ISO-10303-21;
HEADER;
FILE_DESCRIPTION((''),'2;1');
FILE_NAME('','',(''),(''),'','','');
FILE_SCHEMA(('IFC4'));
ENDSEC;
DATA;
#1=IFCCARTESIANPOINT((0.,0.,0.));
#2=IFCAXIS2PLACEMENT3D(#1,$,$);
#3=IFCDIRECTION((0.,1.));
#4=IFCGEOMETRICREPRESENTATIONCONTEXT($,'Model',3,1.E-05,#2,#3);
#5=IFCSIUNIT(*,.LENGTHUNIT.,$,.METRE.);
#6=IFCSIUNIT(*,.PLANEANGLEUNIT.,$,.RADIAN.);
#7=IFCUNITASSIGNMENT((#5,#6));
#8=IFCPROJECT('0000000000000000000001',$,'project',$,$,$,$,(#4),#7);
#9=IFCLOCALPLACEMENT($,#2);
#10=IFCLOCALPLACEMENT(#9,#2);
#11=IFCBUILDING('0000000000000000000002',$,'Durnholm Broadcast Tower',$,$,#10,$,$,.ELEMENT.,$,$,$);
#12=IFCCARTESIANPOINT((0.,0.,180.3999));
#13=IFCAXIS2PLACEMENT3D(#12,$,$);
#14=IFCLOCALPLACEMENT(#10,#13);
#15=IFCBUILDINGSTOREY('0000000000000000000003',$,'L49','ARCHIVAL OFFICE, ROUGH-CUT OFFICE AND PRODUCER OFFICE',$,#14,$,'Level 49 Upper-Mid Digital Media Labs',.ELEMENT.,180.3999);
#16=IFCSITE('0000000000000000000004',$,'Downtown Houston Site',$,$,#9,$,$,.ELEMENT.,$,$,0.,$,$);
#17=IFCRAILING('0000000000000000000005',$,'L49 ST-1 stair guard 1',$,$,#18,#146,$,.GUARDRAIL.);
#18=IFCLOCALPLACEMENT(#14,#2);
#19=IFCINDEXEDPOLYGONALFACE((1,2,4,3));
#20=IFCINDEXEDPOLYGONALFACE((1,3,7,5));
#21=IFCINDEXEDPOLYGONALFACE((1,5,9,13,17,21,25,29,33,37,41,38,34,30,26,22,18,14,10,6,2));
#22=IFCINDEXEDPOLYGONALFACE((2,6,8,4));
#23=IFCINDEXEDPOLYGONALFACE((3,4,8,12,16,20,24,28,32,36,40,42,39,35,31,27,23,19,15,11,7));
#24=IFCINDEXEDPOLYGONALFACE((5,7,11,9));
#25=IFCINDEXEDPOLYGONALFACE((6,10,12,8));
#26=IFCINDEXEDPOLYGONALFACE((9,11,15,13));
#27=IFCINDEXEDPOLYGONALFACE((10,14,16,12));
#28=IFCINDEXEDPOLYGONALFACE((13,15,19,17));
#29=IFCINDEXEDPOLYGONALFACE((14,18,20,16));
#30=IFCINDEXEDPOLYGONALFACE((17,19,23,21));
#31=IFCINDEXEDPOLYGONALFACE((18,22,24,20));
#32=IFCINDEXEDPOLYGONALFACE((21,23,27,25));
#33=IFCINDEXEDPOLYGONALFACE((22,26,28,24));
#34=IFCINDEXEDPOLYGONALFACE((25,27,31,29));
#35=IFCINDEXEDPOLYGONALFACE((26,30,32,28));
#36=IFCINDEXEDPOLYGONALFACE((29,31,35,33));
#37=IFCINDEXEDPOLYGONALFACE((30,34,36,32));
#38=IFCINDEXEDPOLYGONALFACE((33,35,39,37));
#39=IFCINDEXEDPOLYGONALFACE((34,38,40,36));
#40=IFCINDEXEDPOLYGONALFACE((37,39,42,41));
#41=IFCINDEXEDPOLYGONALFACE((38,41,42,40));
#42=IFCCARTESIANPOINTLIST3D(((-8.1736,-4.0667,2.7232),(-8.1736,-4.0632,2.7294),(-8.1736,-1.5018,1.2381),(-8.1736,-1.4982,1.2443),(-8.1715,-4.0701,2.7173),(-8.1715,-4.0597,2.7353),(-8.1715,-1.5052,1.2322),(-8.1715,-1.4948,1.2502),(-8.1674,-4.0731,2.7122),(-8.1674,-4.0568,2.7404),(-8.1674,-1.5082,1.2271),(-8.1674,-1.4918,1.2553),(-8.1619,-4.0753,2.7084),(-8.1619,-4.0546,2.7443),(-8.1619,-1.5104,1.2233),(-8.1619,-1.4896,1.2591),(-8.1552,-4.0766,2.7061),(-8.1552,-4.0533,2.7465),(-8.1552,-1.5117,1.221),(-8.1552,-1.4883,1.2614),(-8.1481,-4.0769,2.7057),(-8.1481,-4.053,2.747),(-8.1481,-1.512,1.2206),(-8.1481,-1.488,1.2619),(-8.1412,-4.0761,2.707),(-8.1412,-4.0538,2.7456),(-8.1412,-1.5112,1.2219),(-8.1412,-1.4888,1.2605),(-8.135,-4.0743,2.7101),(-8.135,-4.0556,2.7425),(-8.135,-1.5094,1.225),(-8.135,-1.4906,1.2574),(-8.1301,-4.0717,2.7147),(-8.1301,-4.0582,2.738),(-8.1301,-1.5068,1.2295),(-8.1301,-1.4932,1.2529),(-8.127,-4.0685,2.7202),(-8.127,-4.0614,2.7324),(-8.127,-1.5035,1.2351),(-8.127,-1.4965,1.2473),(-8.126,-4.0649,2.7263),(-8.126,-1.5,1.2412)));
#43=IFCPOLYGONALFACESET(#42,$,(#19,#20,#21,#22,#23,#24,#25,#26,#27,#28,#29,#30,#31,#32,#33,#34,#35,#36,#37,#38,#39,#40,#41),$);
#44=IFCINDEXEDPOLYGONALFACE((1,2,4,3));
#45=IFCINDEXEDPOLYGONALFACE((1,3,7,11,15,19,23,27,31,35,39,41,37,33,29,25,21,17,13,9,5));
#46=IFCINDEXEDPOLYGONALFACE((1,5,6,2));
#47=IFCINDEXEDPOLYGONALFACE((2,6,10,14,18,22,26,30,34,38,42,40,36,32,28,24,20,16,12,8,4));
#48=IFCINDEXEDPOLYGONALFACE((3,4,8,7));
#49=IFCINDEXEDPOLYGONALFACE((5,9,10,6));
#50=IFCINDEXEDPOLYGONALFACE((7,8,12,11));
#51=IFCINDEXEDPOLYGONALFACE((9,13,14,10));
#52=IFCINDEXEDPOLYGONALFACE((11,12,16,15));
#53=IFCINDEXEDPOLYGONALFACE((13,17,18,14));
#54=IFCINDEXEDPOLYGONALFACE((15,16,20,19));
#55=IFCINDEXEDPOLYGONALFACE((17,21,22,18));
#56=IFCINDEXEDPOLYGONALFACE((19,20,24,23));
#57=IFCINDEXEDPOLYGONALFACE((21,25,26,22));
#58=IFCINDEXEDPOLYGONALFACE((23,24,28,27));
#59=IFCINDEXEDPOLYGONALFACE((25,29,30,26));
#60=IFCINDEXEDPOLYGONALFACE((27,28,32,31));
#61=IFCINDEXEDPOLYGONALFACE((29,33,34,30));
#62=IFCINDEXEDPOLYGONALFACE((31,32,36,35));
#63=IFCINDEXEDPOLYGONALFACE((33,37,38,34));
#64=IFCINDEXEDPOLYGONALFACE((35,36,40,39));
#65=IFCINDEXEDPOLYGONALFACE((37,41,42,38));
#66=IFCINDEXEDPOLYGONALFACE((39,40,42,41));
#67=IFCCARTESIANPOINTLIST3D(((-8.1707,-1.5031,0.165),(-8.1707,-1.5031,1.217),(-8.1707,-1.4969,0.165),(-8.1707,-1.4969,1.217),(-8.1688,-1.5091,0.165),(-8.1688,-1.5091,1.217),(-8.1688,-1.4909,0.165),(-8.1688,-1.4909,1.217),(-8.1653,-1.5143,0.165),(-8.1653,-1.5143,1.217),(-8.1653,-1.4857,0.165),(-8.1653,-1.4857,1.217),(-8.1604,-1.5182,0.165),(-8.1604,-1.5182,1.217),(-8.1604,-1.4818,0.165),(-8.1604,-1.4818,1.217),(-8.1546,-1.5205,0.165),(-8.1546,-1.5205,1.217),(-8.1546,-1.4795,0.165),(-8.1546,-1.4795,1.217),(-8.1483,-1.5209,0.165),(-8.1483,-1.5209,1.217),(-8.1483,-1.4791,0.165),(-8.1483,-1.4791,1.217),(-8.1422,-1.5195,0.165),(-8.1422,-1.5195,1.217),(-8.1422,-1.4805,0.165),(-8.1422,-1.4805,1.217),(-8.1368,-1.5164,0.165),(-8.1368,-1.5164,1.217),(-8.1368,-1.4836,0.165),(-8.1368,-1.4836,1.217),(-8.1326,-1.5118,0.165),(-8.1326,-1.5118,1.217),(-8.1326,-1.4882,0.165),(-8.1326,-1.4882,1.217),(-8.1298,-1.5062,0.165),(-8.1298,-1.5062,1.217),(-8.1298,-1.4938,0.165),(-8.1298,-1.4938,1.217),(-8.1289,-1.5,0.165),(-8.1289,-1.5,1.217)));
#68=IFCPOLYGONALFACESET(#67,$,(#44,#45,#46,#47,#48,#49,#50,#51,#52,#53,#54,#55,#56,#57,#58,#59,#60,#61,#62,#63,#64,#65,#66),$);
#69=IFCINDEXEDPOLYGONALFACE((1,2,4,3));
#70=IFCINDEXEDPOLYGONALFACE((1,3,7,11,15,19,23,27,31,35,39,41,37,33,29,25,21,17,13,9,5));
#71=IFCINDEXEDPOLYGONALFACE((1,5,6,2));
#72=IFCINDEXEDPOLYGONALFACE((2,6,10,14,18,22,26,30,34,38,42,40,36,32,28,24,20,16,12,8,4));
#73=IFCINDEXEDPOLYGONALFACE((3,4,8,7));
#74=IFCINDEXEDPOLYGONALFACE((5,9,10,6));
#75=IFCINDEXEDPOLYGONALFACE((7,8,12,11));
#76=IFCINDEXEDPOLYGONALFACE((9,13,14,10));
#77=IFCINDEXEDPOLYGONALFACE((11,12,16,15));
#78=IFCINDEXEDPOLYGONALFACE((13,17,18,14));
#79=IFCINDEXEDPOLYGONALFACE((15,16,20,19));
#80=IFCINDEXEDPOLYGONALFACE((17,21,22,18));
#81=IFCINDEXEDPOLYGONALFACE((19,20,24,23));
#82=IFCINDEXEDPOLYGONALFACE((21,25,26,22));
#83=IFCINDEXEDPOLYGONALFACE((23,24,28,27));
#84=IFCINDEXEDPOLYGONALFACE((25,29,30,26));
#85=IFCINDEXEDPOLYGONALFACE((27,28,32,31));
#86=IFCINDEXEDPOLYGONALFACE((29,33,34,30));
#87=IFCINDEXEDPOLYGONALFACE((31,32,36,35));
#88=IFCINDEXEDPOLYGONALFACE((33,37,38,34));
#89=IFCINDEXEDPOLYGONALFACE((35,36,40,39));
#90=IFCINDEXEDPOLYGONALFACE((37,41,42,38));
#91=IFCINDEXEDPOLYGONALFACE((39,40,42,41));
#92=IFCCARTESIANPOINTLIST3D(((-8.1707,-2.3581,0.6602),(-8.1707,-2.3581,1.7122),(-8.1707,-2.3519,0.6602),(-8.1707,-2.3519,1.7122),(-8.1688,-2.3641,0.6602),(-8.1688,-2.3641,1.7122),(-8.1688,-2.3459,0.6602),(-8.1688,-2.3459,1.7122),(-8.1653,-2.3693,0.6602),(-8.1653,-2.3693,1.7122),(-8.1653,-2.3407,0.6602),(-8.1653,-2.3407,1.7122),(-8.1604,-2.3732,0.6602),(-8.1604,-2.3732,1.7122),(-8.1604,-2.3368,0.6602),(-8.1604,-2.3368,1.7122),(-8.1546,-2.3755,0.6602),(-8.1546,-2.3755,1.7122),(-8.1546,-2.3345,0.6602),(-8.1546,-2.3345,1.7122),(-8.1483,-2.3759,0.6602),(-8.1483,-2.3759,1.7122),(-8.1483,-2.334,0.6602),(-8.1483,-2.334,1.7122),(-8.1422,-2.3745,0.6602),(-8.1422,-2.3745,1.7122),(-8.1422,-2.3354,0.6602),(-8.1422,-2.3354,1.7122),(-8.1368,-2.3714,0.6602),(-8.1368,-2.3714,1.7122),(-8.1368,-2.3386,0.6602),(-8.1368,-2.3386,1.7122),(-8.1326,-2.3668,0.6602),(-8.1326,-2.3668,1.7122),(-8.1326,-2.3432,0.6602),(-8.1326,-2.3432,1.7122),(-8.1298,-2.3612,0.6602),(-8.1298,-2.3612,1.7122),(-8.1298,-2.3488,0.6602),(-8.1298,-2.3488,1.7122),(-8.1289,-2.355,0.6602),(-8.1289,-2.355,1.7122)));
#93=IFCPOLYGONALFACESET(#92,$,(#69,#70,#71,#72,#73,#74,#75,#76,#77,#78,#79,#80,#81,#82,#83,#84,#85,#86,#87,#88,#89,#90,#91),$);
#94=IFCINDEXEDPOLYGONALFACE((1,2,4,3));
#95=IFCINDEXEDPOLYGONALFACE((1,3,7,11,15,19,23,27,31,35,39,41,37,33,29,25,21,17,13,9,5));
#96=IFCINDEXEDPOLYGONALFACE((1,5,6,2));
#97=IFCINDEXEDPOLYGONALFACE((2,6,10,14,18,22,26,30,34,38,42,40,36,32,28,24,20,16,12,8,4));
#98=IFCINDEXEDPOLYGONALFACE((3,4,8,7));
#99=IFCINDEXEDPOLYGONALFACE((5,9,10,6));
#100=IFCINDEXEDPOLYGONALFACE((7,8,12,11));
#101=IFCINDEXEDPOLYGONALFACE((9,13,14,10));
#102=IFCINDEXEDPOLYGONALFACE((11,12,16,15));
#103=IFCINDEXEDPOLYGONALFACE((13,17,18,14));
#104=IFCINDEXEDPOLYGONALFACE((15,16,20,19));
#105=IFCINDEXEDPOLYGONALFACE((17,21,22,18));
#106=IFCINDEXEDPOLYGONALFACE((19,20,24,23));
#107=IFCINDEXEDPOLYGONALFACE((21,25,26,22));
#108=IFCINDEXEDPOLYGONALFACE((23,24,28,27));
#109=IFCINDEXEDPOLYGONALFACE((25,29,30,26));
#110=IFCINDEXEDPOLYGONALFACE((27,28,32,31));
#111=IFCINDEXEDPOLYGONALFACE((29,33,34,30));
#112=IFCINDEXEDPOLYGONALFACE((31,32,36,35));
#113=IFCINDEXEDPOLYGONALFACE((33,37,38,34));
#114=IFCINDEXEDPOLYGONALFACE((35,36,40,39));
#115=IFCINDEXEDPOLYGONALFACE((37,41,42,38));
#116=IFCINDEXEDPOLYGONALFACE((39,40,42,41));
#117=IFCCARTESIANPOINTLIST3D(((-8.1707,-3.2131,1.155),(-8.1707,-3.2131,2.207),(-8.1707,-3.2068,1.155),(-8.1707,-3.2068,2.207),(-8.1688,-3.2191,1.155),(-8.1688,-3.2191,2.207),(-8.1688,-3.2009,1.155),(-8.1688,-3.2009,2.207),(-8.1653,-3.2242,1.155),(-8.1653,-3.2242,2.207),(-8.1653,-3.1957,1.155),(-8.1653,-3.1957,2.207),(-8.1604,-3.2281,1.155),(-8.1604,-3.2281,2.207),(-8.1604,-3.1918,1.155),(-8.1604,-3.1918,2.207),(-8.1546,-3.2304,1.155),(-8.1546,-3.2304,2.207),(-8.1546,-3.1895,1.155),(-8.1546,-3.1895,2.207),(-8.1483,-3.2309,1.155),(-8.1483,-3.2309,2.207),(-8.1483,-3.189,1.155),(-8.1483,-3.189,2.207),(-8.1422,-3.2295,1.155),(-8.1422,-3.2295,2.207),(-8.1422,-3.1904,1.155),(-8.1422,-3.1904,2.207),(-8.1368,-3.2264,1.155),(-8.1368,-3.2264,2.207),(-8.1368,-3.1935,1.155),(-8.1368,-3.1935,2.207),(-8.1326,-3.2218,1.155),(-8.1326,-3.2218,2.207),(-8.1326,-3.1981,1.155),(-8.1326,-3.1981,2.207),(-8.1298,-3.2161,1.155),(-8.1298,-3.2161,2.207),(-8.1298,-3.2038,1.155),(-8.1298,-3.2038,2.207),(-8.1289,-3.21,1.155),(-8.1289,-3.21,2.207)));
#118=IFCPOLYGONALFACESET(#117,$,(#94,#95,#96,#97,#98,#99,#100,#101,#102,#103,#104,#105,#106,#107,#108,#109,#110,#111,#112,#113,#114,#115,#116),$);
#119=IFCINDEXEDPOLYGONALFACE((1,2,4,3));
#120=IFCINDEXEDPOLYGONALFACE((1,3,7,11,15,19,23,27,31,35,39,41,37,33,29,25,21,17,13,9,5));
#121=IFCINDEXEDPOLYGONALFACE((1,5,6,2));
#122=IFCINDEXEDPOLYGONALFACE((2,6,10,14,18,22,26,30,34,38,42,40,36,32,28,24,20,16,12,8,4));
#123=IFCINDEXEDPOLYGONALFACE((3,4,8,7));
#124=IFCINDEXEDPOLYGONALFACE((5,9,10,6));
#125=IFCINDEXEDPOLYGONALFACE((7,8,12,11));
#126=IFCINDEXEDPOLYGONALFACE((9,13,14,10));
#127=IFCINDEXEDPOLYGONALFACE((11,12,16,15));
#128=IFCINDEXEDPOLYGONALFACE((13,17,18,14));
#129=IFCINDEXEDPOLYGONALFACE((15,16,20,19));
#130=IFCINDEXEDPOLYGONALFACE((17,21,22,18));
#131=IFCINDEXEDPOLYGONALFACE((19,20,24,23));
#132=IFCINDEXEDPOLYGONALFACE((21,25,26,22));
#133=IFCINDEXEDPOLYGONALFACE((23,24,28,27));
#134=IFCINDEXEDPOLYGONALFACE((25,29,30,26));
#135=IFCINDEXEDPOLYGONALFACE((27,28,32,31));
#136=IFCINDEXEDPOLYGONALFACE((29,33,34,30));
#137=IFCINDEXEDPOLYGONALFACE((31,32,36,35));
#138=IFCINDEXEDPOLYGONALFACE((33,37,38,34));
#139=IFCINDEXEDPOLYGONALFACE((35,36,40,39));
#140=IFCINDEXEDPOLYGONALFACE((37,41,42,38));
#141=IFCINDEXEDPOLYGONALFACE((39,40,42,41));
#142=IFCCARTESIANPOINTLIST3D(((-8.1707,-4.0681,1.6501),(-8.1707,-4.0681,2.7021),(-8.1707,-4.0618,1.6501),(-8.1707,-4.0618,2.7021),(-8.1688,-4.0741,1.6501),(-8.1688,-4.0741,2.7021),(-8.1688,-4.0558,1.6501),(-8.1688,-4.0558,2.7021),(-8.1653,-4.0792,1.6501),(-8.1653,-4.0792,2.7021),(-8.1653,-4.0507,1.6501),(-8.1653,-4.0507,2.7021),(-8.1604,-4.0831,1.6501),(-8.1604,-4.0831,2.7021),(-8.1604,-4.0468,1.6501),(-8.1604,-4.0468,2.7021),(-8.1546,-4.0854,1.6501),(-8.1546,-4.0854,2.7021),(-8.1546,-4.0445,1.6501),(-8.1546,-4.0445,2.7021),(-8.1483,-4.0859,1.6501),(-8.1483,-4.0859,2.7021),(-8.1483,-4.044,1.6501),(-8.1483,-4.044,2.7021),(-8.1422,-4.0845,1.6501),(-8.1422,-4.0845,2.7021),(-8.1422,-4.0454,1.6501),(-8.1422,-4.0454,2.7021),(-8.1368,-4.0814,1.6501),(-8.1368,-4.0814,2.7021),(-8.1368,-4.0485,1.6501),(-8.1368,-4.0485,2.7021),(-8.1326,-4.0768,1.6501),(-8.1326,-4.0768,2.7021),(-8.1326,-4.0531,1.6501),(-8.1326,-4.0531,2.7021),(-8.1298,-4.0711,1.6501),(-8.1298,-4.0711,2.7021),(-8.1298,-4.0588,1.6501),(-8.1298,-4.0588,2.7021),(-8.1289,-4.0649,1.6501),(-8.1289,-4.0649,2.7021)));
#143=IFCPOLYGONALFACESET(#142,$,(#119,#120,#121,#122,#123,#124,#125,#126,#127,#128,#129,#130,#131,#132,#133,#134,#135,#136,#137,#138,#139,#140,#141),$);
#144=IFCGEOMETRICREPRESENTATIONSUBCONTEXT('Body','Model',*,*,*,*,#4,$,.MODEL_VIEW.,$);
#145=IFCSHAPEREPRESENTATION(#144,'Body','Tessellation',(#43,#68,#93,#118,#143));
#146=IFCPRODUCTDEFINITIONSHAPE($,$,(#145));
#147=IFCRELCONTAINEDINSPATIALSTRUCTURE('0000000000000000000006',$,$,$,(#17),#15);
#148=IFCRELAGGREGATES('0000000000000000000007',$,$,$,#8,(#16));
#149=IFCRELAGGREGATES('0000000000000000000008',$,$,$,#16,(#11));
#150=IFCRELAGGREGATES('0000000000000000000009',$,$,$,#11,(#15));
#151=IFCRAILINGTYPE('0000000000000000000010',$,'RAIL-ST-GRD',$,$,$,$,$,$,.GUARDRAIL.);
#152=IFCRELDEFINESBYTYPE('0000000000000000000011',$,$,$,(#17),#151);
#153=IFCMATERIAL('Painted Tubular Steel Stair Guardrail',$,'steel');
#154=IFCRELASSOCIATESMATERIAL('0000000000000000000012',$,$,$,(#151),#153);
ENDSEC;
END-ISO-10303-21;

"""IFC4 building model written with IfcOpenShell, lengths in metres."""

from ifc_helpers import new_model, si_unit, direction, frame, origin, origin_2d, place, context, subcontext, project, spatial, circle, extrude, material, type_object, element, save


model = new_model("IFC4")

# Units and contexts
model_context = context("Model", 3, precision=1e-05, world=origin(), true_north=direction((0.0, 1.0)))
body_context = subcontext(model_context, "Body", "Model", "MODEL_VIEW")
ifc_project = project(units=[si_unit("LENGTHUNIT", "METRE"), si_unit("PLANEANGLEUNIT", "RADIAN")], contexts=[model_context])

# Site, building, storey
site_placement = place(None, origin())
site = spatial("IfcSite", under=ifc_project, at=site_placement, Name="Downtown Houston Site", CompositionType="ELEMENT", RefElevation=0.0)
building_placement = place(site_placement, origin())
building = spatial("IfcBuilding", under=site, at=building_placement, Name="Durnholm Broadcast Tower", CompositionType="ELEMENT")
storey_placement = place(building_placement, frame((0.0, 0.0, 180.3999)))
storey = spatial("IfcBuildingStorey", under=building, at=storey_placement, Name="L49", Description="ARCHIVAL OFFICE, ROUGH-CUT OFFICE AND PRODUCER OFFICE", LongName="Level 49 Upper-Mid Digital Media Labs", CompositionType="ELEMENT", Elevation=180.3999)

# Railing
ifc_material_1 = material(Name="Painted Tubular Steel Stair Guardrail", Category="steel")
railing_type_1 = type_object("IfcRailingType", Name="RAIL-ST-GRD", PredefinedType="GUARDRAIL", material=ifc_material_1)
railing_1_placement = place(storey_placement, frame((-8.1499, -1.5, 0.165)))
element("IfcRailing", 1, at=railing_1_placement, inside=storey, type_object=railing_type_1, Name="L49 ST-1 stair guard 1", PredefinedType="GUARDRAIL", context=body_context, shape_type="SweptSolid", body=[
    extrude(circle(Radius=0.0239, at=origin_2d()), frame((0.0, 0.0, 1.0762), z_axis=(0.0, -0.865406, 0.501072), x_axis=(1.0, 0.0, 0.0)), (0.0, 0.0, 1.0), 2.9639),
    extrude(circle(Radius=0.021, at=origin_2d()), origin(), (0.0, 0.0, 1.0), 1.052),
    extrude(circle(Radius=0.021, at=origin_2d()), frame((0.0, -0.855, 0.4951)), (0.0, 0.0, 1.0), 1.052),
    extrude(circle(Radius=0.021, at=origin_2d()), frame((0.0, -1.71, 0.99)), (0.0, 0.0, 1.0), 1.052),
    extrude(circle(Radius=0.021, at=origin_2d()), frame((0.0, -2.5649, 1.4851)), (0.0, 0.0, 1.0), 1.052),
])

save(model, "model.ifc")
